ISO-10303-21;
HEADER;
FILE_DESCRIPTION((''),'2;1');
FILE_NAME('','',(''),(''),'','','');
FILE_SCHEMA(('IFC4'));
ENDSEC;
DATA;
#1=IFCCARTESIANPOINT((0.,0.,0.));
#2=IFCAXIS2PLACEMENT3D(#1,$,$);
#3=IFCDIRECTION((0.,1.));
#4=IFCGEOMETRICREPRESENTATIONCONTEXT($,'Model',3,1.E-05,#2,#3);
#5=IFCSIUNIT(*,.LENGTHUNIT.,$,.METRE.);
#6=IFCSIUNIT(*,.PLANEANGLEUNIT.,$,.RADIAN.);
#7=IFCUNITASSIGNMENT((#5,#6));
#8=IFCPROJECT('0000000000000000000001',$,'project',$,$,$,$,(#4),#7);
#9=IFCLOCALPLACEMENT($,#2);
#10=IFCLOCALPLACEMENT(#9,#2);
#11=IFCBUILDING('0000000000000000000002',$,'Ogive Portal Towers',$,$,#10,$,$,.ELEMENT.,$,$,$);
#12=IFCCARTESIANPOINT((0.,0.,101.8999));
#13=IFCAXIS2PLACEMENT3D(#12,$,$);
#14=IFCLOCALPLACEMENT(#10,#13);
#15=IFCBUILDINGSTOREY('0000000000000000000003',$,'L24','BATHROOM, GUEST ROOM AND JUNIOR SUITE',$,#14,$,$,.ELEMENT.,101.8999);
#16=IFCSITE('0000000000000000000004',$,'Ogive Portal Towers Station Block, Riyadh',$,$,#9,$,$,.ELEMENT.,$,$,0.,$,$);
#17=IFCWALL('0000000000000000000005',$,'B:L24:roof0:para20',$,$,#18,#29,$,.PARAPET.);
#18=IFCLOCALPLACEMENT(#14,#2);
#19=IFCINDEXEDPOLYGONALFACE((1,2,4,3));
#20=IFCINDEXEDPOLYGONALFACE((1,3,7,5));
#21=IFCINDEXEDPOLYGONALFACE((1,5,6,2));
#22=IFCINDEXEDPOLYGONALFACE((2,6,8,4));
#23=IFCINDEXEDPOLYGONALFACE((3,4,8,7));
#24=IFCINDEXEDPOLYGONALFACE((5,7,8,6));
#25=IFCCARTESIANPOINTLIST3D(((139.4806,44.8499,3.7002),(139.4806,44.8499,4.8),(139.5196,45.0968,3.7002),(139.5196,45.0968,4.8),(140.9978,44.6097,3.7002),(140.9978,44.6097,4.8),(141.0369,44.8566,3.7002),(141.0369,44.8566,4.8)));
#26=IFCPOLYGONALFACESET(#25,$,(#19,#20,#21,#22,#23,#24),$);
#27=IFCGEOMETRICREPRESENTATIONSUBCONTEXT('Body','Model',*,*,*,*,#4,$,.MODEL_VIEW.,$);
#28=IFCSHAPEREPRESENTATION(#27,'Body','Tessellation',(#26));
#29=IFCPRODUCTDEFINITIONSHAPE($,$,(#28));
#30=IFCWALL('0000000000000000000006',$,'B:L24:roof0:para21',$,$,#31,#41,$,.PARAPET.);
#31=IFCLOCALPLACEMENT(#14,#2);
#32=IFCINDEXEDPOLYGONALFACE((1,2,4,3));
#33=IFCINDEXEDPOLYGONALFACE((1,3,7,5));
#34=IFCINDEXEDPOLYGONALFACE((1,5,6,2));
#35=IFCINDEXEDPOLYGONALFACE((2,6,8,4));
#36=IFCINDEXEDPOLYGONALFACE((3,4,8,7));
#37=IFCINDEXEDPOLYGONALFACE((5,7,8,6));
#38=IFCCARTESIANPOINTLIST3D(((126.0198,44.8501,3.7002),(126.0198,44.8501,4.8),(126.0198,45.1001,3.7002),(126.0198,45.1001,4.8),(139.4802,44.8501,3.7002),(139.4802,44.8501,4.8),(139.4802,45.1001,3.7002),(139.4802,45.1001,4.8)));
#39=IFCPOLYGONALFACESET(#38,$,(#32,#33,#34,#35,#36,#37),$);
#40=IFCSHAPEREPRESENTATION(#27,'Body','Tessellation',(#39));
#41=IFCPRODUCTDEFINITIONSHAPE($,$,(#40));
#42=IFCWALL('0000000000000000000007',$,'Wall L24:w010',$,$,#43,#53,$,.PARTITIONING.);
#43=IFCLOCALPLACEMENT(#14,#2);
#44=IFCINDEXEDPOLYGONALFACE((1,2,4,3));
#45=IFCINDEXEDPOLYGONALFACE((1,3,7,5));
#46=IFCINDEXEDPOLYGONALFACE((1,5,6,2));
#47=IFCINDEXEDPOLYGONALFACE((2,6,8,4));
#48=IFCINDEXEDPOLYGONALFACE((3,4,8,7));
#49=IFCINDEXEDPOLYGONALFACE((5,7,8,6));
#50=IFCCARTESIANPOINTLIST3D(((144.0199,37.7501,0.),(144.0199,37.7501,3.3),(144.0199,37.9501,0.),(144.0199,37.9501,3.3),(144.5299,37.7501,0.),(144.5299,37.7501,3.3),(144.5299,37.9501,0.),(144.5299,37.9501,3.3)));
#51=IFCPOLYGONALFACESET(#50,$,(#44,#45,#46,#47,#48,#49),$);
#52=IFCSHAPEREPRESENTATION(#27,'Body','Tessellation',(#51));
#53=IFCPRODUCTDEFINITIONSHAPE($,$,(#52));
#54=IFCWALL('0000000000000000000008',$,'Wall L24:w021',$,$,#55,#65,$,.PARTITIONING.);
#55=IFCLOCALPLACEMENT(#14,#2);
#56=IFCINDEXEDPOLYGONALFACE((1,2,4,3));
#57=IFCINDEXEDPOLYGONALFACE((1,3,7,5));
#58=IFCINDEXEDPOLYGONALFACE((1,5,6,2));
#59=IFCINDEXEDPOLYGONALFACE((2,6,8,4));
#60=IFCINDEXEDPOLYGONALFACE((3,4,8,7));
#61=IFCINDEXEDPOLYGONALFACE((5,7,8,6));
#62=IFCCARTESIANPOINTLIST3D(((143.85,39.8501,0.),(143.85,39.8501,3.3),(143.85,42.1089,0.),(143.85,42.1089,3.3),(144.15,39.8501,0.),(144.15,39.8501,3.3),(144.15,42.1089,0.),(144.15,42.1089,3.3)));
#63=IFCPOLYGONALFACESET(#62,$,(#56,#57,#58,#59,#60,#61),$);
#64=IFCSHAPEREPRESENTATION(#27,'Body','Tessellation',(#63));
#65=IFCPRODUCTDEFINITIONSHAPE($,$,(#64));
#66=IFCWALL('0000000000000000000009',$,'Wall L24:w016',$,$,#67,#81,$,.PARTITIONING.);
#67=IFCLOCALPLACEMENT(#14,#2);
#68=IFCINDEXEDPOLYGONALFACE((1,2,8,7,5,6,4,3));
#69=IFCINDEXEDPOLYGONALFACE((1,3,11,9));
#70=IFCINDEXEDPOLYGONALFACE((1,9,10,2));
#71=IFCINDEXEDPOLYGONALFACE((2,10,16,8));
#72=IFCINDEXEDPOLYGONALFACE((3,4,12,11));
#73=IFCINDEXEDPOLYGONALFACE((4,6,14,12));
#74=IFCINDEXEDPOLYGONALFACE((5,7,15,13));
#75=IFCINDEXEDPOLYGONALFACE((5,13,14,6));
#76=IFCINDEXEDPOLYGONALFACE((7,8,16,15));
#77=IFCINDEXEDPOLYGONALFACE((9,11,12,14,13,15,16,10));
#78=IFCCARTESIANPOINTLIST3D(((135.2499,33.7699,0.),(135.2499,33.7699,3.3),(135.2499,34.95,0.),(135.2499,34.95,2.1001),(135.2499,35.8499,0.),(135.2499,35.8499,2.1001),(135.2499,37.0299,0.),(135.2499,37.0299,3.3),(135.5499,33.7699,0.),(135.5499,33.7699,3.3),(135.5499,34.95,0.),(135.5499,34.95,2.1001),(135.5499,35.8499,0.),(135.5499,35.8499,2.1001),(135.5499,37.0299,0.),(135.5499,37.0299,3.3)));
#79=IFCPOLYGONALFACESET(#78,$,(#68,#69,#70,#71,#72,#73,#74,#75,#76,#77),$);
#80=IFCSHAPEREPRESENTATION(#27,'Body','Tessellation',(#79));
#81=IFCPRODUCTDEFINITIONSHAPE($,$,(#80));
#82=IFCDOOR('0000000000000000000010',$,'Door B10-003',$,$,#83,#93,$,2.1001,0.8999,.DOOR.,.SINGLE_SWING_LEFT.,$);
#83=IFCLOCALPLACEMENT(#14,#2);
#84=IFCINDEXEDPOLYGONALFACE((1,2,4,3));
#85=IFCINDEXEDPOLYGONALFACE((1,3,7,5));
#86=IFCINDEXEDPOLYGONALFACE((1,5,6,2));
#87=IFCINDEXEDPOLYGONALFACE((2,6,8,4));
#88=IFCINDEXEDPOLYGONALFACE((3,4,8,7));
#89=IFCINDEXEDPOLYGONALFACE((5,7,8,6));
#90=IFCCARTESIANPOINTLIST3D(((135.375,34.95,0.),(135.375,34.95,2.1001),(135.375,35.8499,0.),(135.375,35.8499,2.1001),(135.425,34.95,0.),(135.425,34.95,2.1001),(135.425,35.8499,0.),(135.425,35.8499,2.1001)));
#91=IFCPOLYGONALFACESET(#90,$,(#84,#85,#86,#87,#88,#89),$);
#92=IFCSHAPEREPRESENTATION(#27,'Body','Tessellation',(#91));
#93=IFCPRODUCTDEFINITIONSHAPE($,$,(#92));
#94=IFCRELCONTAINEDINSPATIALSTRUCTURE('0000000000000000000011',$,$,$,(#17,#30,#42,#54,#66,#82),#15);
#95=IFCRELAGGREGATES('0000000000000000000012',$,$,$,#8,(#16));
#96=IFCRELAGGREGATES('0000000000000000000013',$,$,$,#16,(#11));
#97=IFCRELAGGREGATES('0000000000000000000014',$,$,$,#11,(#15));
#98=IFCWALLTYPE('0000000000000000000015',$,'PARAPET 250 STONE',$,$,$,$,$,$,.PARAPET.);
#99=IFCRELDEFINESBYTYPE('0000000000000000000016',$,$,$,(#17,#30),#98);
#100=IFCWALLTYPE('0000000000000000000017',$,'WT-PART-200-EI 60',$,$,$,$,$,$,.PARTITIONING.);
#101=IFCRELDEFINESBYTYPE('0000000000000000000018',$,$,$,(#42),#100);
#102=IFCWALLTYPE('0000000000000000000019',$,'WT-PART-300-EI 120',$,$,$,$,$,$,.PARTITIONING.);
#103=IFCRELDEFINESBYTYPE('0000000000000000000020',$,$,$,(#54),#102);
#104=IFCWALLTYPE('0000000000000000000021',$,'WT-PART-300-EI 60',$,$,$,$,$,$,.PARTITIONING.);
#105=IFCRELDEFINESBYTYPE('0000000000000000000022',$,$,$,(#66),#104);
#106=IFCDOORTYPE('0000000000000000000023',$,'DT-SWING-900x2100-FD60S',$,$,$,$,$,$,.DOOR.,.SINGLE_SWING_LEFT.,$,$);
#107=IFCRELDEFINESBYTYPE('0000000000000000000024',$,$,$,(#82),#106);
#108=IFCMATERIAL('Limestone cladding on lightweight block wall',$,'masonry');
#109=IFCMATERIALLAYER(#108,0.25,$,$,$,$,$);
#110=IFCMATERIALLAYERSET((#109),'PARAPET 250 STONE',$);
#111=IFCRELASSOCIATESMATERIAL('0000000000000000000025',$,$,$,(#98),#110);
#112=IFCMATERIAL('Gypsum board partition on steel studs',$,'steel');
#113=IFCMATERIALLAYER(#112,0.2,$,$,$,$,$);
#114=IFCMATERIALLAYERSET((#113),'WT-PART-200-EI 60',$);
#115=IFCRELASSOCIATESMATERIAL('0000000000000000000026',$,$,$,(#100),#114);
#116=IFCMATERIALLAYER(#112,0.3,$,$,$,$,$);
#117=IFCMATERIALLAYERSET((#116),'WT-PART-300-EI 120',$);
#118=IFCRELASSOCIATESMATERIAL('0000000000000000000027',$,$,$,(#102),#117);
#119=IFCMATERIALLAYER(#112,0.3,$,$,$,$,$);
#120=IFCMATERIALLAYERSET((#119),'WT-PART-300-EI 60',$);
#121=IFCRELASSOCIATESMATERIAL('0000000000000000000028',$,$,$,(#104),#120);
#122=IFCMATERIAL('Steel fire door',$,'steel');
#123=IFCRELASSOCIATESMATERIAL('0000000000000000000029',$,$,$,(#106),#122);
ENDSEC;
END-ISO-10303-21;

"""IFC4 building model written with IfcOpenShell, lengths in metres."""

from ifc_helpers import new_model, si_unit, direction, frame, frame_2d, origin, place, context, subcontext, project, spatial, rectangle, extrude, material, layer, layer_set, type_object, element, fill, save


model = new_model("IFC4")

# Units and contexts
model_context = context("Model", 3, precision=1e-05, world=origin(), true_north=direction((0.0, 1.0)))
body_context = subcontext(model_context, "Body", "Model", "MODEL_VIEW")
ifc_project = project(units=[si_unit("LENGTHUNIT", "METRE"), si_unit("PLANEANGLEUNIT", "RADIAN")], contexts=[model_context])

# Site, building, storey
site_placement = place(None, origin())
site = spatial("IfcSite", under=ifc_project, at=site_placement, Name="Ogive Portal Towers Station Block, Riyadh", CompositionType="ELEMENT", RefElevation=0.0)
building_placement = place(site_placement, origin())
building = spatial("IfcBuilding", under=site, at=building_placement, Name="Ogive Portal Towers", CompositionType="ELEMENT")
storey_placement = place(building_placement, frame((0.0, 0.0, 101.8999)))
storey = spatial("IfcBuildingStorey", under=building, at=storey_placement, Name="L24", Description="BATHROOM, GUEST ROOM AND JUNIOR SUITE", CompositionType="ELEMENT", Elevation=101.8999)

# Walls
ifc_material_1 = material(Name="Limestone cladding on lightweight block wall", Category="masonry")
ifc_layer_1 = layer(ifc_material_1, 0.25)
ifc_layer_set_1 = layer_set([ifc_layer_1], Name="PARAPET 250 STONE")
wall_type_1 = type_object("IfcWallType", Name="PARAPET 250 STONE", PredefinedType="PARAPET", material=ifc_layer_set_1)
wall_1_placement = place(storey_placement, frame((141.0173, 44.7332, 3.7002), z_axis=(0.0, 0.0, 1.0), x_axis=(-0.987697, 0.156379, 0.0)))
element("IfcWall", 1, at=wall_1_placement, inside=storey, type_object=wall_type_1, Name="B:L24:roof0:para20", PredefinedType="PARAPET", context=body_context, shape_type="SweptSolid", body=[
    extrude(rectangle(XDim=1.5361, YDim=0.25, at=frame_2d((0.7681, 0.0))), origin(), (0.0, 0.0, 1.0), 1.0999),
])
wall_2_placement = place(storey_placement, frame((139.4802, 44.9751, 3.7002), z_axis=(0.0, 0.0, 1.0), x_axis=(-1.0, 0.0, 0.0)))
element("IfcWall", 2, at=wall_2_placement, inside=storey, type_object=wall_type_1, Name="B:L24:roof0:para21", PredefinedType="PARAPET", context=body_context, shape_type="SweptSolid", body=[
    extrude(rectangle(XDim=13.4604, YDim=0.25, at=frame_2d((6.7302, 0.0))), origin(), (0.0, 0.0, 1.0), 1.0999),
])
ifc_material_2 = material(Name="Gypsum board partition on steel studs", Category="steel")
ifc_layer_2 = layer(ifc_material_2, 0.2)
ifc_layer_set_2 = layer_set([ifc_layer_2], Name="WT-PART-200-EI 60")
wall_type_2 = type_object("IfcWallType", Name="WT-PART-200-EI 60", PredefinedType="PARTITIONING", material=ifc_layer_set_2)
wall_3_placement = place(storey_placement, frame((144.02, 37.8501, 0.0), z_axis=(0.0, 0.0, 1.0), x_axis=(1.0, 0.0, 0.0)))
element("IfcWall", 3, at=wall_3_placement, inside=storey, type_object=wall_type_2, Name="Wall L24:w010", PredefinedType="PARTITIONING", context=body_context, shape_type="SweptSolid", body=[
    extrude(rectangle(XDim=0.51, YDim=0.2, at=frame_2d((0.2549, 0.0))), origin(), (0.0, 0.0, 1.0), 3.3),
])
ifc_layer_3 = layer(ifc_material_2, 0.3)
ifc_layer_set_3 = layer_set([ifc_layer_3], Name="WT-PART-300-EI 120")
wall_type_3 = type_object("IfcWallType", Name="WT-PART-300-EI 120", PredefinedType="PARTITIONING", material=ifc_layer_set_3)
wall_4_placement = place(storey_placement, frame((144.0, 39.8501, 0.0), z_axis=(0.0, 0.0, 1.0), x_axis=(0.0, 1.0, 0.0)))
element("IfcWall", 4, at=wall_4_placement, inside=storey, type_object=wall_type_3, Name="Wall L24:w021", PredefinedType="PARTITIONING", context=body_context, shape_type="SweptSolid", body=[
    extrude(rectangle(XDim=2.2588, YDim=0.3, at=frame_2d((1.1294, 0.0))), origin(), (0.0, 0.0, 1.0), 3.3),
])

# Wall, opening, door
ifc_layer_4 = layer(ifc_material_2, 0.3)
ifc_layer_set_4 = layer_set([ifc_layer_4], Name="WT-PART-300-EI 60")
wall_type_4 = type_object("IfcWallType", Name="WT-PART-300-EI 60", PredefinedType="PARTITIONING", material=ifc_layer_set_4)
wall_5_placement = place(storey_placement, frame((135.3999, 33.77, 0.0), z_axis=(0.0, 0.0, 1.0), x_axis=(0.0, 1.0, 0.0)))
wall_5 = element("IfcWall", 5, at=wall_5_placement, inside=storey, type_object=wall_type_4, Name="Wall L24:w016", PredefinedType="PARTITIONING", context=body_context, shape_type="SweptSolid", body=[
    extrude(rectangle(XDim=3.26, YDim=0.3, at=frame_2d((1.6299, 0.0))), origin(), (0.0, 0.0, 1.0), 3.3),
])
opening_1_placement = place(wall_5_placement, frame((1.1799, 0.0, 0.0)))
opening_1 = element("IfcOpeningElement", 6, at=opening_1_placement, cuts=wall_5, PredefinedType="OPENING", context=body_context, shape_type="SweptSolid", body=[
    extrude(rectangle(XDim=0.8999, YDim=2.1001, at=frame_2d((0.45, 1.05))), frame((0.0, 0.1602, 0.0), z_axis=(0.0, -1.0, 0.0), x_axis=(1.0, 0.0, 0.0)), (0.0, 0.0, 1.0), 0.3201),
])
ifc_material_3 = material(Name="Steel fire door", Category="steel")
door_type_1 = type_object("IfcDoorType", Name="DT-SWING-900x2100-FD60S", OperationType="SINGLE_SWING_LEFT", PredefinedType="DOOR", material=ifc_material_3)
door_1_placement = place(opening_1_placement, origin())
door_1 = element("IfcDoor", 7, at=door_1_placement, inside=storey, type_object=door_type_1, Name="Door B10-003", OperationType="SINGLE_SWING_LEFT", OverallHeight=2.1001, OverallWidth=0.8999, PredefinedType="DOOR", context=body_context, shape_type="SweptSolid", body=[
    extrude(rectangle(XDim=0.8999, YDim=2.1001, at=frame_2d((0.45, 1.05))), frame((0.0, 0.0249, 0.0), z_axis=(0.0, -1.0, 0.0), x_axis=(1.0, 0.0, 0.0)), (0.0, 0.0, 1.0), 0.05),
])
fill(opening_1, door_1)

save(model, "model.ifc")
